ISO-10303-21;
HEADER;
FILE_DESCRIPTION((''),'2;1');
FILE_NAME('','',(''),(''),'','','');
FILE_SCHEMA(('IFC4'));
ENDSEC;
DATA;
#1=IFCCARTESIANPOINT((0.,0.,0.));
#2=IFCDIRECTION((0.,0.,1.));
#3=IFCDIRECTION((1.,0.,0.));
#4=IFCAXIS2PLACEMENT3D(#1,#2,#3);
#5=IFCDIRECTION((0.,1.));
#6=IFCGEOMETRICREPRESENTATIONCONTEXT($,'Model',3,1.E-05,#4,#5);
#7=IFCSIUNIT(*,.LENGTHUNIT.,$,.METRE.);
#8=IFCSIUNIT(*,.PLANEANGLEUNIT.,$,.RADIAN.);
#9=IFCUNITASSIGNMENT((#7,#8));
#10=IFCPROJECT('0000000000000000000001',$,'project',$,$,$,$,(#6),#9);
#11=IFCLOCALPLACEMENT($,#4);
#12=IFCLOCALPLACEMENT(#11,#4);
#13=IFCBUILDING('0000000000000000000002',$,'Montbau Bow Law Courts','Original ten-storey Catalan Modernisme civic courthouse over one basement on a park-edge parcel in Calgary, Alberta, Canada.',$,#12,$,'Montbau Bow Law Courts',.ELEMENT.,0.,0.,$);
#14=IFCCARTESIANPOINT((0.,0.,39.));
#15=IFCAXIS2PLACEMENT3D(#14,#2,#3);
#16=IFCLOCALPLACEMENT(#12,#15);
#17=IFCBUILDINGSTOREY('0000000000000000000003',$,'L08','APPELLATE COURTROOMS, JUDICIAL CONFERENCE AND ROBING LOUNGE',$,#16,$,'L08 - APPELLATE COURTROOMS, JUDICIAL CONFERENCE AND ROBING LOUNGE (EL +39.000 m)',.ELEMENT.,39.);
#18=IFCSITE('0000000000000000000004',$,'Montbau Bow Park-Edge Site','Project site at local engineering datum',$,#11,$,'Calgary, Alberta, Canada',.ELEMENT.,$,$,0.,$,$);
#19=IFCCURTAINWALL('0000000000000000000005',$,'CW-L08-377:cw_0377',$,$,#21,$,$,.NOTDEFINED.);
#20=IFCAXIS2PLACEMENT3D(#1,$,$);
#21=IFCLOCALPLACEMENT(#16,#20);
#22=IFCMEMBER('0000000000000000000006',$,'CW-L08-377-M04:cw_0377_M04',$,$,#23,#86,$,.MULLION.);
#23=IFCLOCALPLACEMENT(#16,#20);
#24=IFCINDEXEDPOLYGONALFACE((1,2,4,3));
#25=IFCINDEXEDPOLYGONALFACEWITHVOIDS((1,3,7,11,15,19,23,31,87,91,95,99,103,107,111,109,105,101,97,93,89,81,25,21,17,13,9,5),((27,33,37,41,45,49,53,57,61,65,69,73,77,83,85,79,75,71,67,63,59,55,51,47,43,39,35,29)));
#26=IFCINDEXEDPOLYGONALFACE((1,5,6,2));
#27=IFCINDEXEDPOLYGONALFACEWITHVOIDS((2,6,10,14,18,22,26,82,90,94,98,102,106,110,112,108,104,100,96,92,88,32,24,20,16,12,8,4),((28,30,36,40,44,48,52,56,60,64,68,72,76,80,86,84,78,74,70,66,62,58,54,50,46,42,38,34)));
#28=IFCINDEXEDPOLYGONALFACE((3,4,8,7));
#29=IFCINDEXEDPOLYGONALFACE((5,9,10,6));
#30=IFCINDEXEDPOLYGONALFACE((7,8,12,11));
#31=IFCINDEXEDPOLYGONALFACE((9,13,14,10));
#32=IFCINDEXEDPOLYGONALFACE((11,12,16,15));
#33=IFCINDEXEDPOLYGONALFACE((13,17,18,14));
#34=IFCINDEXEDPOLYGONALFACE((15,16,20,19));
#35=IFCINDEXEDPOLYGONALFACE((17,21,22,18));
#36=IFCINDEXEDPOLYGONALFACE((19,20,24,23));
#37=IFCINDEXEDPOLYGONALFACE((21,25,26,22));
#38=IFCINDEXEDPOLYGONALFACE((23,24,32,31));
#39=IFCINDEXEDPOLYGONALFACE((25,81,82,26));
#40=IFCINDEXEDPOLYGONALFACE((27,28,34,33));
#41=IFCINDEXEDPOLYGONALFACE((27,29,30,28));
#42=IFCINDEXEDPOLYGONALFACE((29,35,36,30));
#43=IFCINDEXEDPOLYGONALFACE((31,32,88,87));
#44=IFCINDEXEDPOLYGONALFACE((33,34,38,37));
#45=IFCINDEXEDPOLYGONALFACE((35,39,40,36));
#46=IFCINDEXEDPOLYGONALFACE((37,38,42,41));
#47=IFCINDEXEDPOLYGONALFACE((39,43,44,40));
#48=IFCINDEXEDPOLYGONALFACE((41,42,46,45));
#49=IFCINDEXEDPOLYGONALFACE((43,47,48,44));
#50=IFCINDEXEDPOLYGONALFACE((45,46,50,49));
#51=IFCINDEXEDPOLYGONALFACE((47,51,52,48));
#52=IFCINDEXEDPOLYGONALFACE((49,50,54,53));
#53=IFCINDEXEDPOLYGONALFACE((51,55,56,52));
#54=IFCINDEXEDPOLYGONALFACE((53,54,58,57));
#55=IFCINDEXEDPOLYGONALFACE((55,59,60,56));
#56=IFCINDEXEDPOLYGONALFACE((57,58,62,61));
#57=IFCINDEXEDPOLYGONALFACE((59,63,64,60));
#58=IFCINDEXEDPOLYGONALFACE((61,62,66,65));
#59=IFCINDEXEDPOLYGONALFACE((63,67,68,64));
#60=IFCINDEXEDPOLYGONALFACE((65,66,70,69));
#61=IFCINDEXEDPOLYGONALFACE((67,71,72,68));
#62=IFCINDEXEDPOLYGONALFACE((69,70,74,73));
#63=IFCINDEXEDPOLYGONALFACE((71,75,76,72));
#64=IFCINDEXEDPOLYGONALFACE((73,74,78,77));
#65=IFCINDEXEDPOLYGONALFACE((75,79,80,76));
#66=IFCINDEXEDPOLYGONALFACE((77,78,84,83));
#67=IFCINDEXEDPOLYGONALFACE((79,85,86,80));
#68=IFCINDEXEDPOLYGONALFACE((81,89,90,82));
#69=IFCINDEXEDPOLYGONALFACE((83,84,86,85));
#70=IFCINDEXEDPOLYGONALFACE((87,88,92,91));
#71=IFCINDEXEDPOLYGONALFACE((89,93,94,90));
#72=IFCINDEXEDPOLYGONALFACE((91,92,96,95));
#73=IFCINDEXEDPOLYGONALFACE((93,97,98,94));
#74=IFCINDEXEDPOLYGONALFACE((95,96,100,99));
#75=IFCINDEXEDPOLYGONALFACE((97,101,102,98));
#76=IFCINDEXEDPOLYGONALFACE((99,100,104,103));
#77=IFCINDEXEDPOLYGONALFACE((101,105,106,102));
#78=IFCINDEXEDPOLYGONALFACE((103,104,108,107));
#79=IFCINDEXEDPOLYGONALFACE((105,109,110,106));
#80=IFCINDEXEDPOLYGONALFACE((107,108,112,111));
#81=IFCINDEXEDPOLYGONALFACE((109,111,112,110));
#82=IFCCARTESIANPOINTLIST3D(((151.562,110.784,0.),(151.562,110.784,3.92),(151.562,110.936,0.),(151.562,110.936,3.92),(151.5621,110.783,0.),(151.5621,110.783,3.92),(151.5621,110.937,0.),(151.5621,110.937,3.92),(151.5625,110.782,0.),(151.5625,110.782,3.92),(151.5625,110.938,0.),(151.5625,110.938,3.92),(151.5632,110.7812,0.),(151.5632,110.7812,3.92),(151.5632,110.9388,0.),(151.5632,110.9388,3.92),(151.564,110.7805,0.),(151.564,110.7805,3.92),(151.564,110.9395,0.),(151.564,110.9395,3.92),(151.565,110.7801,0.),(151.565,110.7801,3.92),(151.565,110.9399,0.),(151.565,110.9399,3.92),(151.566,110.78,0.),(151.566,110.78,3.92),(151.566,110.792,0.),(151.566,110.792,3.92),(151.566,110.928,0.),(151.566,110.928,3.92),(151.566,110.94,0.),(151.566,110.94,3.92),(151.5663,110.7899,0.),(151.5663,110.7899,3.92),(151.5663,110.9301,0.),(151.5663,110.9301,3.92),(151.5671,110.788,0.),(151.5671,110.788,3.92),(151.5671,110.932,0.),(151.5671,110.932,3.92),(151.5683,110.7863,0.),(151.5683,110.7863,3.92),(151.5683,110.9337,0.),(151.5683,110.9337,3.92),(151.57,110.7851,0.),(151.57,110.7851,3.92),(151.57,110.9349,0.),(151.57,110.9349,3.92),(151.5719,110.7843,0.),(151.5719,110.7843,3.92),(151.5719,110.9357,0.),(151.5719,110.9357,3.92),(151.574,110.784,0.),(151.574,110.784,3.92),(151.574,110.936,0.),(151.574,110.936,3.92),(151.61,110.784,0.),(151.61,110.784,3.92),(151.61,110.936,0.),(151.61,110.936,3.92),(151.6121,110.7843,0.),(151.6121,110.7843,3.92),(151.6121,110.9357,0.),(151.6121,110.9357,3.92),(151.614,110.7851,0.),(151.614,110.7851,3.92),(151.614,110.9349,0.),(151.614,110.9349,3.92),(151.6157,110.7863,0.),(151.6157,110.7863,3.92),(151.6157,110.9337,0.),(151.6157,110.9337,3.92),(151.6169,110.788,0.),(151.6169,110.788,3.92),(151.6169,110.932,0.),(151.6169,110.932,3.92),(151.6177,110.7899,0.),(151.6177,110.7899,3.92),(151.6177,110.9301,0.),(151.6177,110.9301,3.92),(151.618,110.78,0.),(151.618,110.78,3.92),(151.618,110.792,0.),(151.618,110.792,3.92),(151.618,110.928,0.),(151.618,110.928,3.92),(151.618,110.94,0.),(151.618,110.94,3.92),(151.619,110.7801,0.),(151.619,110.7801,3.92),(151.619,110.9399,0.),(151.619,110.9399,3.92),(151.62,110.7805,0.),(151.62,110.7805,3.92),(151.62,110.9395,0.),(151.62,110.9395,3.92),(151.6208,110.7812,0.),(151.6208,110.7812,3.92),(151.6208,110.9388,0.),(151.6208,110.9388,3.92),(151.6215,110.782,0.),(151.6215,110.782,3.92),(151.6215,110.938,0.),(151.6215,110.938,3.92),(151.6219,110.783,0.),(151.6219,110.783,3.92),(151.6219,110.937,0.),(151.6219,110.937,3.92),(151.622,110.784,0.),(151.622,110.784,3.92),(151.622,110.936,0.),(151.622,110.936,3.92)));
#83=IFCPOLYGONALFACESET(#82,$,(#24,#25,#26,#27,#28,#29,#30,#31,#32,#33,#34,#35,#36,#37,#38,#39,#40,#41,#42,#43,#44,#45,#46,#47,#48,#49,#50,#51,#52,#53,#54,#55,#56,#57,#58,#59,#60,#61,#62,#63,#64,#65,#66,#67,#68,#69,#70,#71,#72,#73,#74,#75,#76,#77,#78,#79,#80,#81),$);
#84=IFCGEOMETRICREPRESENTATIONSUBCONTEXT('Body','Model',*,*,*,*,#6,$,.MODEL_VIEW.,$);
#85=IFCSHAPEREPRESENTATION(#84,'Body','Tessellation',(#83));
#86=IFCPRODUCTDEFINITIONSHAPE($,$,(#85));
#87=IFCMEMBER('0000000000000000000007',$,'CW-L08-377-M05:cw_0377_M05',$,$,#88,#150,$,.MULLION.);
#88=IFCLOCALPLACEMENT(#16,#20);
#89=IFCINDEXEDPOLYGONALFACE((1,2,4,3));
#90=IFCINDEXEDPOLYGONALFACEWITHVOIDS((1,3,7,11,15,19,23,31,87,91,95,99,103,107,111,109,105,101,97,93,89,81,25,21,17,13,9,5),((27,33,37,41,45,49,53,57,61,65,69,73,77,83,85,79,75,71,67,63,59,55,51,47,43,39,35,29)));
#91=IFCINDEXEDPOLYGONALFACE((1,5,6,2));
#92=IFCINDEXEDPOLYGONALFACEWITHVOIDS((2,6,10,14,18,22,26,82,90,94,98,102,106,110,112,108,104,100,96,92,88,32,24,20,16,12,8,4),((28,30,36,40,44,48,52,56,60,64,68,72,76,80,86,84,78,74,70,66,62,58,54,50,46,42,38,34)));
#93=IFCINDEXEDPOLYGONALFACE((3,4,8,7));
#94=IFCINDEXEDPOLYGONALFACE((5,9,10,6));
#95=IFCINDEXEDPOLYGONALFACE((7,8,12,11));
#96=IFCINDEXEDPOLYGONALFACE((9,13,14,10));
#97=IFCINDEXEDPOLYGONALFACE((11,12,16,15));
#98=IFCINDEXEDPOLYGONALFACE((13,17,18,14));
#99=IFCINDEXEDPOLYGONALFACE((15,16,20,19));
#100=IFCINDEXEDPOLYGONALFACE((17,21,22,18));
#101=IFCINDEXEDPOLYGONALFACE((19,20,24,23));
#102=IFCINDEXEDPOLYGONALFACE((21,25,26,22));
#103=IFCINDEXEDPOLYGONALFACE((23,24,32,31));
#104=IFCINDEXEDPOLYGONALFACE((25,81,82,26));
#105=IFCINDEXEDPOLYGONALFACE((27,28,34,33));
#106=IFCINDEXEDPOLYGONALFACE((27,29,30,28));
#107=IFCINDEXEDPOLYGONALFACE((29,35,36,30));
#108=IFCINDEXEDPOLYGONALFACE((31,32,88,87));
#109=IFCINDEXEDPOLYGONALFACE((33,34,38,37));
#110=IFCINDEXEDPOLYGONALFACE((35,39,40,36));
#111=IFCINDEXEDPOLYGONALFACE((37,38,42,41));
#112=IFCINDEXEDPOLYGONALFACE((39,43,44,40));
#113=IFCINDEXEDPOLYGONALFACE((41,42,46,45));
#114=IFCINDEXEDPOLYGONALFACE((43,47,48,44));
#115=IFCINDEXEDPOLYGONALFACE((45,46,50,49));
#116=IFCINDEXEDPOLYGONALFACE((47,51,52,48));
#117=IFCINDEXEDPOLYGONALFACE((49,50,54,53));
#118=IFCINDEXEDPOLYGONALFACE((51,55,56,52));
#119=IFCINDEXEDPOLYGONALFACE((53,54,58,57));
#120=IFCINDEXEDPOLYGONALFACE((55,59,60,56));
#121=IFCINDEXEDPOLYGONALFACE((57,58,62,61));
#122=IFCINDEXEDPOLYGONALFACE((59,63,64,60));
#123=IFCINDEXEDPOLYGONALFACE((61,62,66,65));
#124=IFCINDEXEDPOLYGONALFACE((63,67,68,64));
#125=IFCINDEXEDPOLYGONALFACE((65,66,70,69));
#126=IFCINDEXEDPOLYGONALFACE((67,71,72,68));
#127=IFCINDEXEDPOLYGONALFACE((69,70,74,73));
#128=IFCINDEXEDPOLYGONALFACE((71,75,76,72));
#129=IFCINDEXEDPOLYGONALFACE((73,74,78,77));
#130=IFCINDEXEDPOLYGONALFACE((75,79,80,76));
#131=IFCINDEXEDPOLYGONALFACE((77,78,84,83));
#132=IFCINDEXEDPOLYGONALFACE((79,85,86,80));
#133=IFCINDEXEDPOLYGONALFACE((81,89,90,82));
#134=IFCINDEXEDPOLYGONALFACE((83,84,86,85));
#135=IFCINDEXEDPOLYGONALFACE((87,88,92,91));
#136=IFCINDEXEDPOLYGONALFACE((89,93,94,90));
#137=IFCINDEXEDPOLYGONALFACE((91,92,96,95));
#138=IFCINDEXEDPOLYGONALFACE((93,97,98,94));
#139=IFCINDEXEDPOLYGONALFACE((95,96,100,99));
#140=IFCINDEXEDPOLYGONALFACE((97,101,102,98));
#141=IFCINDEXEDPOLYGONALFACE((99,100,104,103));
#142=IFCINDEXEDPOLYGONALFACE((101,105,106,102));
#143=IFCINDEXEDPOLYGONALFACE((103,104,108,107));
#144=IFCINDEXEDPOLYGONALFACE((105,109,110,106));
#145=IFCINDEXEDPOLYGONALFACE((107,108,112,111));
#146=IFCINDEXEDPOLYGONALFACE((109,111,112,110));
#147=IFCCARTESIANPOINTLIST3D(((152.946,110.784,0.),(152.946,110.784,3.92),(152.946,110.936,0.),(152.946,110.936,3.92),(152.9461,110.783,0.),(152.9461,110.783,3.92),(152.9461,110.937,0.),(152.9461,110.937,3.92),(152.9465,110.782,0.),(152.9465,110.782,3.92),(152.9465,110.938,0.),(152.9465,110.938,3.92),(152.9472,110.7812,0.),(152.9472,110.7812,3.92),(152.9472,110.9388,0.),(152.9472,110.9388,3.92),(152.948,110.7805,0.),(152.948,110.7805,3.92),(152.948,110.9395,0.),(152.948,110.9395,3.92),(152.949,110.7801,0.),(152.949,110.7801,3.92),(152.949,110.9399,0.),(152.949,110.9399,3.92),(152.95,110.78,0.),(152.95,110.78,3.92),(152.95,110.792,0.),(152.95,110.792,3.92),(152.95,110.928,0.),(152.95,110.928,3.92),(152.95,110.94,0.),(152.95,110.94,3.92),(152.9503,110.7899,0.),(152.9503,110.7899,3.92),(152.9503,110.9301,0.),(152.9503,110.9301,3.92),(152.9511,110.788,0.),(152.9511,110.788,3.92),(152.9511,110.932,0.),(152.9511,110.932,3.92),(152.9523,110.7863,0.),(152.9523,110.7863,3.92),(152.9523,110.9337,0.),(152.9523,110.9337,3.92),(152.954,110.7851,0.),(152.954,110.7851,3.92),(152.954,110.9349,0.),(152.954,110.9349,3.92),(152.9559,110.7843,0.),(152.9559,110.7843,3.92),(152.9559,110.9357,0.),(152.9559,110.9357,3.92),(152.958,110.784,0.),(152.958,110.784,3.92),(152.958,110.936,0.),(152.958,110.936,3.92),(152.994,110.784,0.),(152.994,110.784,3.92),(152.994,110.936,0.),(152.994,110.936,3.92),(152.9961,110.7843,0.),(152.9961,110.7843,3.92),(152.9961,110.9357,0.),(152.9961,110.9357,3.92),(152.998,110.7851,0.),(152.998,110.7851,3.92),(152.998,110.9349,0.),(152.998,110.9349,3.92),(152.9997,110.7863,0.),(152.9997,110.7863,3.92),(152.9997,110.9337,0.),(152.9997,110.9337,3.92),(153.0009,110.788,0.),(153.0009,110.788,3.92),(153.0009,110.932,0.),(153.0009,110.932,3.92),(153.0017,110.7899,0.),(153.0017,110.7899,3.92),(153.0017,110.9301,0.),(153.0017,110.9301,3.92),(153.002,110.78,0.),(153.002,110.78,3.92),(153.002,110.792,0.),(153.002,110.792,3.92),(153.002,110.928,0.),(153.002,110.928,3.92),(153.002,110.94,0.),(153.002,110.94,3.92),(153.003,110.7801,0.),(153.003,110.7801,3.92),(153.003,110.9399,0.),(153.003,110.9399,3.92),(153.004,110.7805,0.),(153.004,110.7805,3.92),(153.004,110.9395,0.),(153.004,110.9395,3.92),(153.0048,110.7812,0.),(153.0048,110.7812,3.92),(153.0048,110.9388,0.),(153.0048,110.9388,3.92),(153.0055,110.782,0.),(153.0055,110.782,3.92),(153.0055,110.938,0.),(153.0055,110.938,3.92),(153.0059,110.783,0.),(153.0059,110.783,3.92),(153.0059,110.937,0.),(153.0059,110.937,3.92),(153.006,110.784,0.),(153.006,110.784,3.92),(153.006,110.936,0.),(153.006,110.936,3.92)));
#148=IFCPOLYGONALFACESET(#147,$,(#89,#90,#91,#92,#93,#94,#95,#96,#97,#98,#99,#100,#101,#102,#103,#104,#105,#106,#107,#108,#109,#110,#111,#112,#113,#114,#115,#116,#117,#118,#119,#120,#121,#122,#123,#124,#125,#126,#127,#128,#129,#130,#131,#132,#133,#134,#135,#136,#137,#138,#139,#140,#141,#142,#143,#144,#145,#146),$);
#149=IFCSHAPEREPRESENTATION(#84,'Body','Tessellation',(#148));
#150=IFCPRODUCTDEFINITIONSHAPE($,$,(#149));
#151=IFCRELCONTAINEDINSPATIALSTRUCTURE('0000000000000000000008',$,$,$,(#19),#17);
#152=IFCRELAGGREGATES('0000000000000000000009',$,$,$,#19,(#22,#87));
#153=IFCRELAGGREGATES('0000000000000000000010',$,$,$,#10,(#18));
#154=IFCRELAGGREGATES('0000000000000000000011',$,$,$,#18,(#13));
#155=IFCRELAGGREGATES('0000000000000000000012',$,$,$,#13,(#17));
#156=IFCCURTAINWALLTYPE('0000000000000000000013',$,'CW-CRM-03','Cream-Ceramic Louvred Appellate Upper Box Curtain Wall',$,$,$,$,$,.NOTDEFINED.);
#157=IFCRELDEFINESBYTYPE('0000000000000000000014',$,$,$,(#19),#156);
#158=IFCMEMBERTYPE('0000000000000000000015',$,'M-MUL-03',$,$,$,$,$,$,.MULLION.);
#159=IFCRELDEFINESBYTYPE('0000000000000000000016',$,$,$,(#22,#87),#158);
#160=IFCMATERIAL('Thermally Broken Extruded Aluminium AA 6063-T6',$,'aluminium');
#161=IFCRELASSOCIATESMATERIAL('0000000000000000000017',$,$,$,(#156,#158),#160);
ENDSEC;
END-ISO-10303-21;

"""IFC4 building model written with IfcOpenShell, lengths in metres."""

from ifc_helpers import new_model, si_unit, direction, frame, origin_with_axes, origin_2d_with_axis, place, context, subcontext, project, spatial, hollow_rectangle, extrude, material, material_profile, profile_set, type_object, element, aggregate, save


model = new_model("IFC4")

# Units and contexts
model_context = context("Model", 3, precision=1e-05, world=origin_with_axes(), true_north=direction((0.0, 1.0)))
body_context = subcontext(model_context, "Body", "Model", "MODEL_VIEW")
ifc_project = project(units=[si_unit("LENGTHUNIT", "METRE"), si_unit("PLANEANGLEUNIT", "RADIAN")], contexts=[model_context])

# Site, building, storey
site_placement = place(None, origin_with_axes())
site = spatial("IfcSite", under=ifc_project, at=site_placement, Name="Montbau Bow Park-Edge Site", Description="Project site at local engineering datum", LongName="Calgary, Alberta, Canada", CompositionType="ELEMENT", RefElevation=0.0)
building_placement = place(site_placement, origin_with_axes())
building = spatial("IfcBuilding", under=site, at=building_placement, Name="Montbau Bow Law Courts", Description="Original ten-storey Catalan Modernisme civic courthouse over one basement on a park-edge parcel in Calgary, Alberta, Canada.", LongName="Montbau Bow Law Courts", CompositionType="ELEMENT", ElevationOfRefHeight=0.0, ElevationOfTerrain=0.0)
storey_placement = place(building_placement, frame((0.0, 0.0, 39.0), z_axis=(0.0, 0.0, 1.0), x_axis=(1.0, 0.0, 0.0)))
storey = spatial("IfcBuildingStorey", under=building, at=storey_placement, Name="L08", Description="APPELLATE COURTROOMS, JUDICIAL CONFERENCE AND ROBING LOUNGE", LongName="L08 - APPELLATE COURTROOMS, JUDICIAL CONFERENCE AND ROBING LOUNGE (EL +39.000 m)", CompositionType="ELEMENT", Elevation=39.0)

# Curtain wall, members
ifc_material_1 = material(Name="Thermally Broken Extruded Aluminium AA 6063-T6", Category="aluminium")
curtain_wall_type = type_object("IfcCurtainWallType", Name="CW-CRM-03", Description="Cream-Ceramic Louvred Appellate Upper Box Curtain Wall", PredefinedType="NOTDEFINED", material=ifc_material_1)
curtain_wall_placement = place(None, frame((147.44, 110.86, 39.0), z_axis=(0.0, 0.0, 1.0), x_axis=(1.0, 0.0, 0.0)))
curtain_wall = element("IfcCurtainWall", 1, at=curtain_wall_placement, inside=storey, type_object=curtain_wall_type, Name="CW-L08-377:cw_0377", PredefinedType="NOTDEFINED")
ifc_material_profile_1 = material_profile(ifc_material_1, hollow_rectangle(XDim=0.06, YDim=0.16, WallThickness=0.004, InnerFilletRadius=0.008, OuterFilletRadius=0.004, at=origin_2d_with_axis()), Name="CWM-160X60", Category="Main", Priority=0)
ifc_profile_set_1 = profile_set([ifc_material_profile_1], Name="Thermally Broken Extruded Aluminium AA 6063-T6")
member_type_1 = type_object("IfcMemberType", Name="M-MUL-03", PredefinedType="MULLION", material=ifc_profile_set_1)
member_1_placement = place(None, frame((151.592, 110.86, 39.0), z_axis=(0.0, 0.0, 1.0), x_axis=(1.0, 0.0, 0.0)))
member_1 = element("IfcMember", 2, at=member_1_placement, type_object=member_type_1, Name="CW-L08-377-M04:cw_0377_M04", PredefinedType="MULLION", context=body_context, shape_type="SweptSolid", body=[
    extrude(hollow_rectangle(XDim=0.06, YDim=0.16, WallThickness=0.004, InnerFilletRadius=0.008, OuterFilletRadius=0.004, at=origin_2d_with_axis()), origin_with_axes(), (0.0, 0.0, 1.0), 3.92),
])
member_2_placement = place(None, frame((152.976, 110.86, 39.0), z_axis=(0.0, 0.0, 1.0), x_axis=(1.0, 0.0, 0.0)))
member_2 = element("IfcMember", 3, at=member_2_placement, type_object=member_type_1, Name="CW-L08-377-M05:cw_0377_M05", PredefinedType="MULLION", context=body_context, shape_type="SweptSolid", body=[
    extrude(hollow_rectangle(XDim=0.06, YDim=0.16, WallThickness=0.004, InnerFilletRadius=0.008, OuterFilletRadius=0.004, at=origin_2d_with_axis()), origin_with_axes(), (0.0, 0.0, 1.0), 3.92),
])
aggregate(curtain_wall, [member_1, member_2])

save(model, "model.ifc")
